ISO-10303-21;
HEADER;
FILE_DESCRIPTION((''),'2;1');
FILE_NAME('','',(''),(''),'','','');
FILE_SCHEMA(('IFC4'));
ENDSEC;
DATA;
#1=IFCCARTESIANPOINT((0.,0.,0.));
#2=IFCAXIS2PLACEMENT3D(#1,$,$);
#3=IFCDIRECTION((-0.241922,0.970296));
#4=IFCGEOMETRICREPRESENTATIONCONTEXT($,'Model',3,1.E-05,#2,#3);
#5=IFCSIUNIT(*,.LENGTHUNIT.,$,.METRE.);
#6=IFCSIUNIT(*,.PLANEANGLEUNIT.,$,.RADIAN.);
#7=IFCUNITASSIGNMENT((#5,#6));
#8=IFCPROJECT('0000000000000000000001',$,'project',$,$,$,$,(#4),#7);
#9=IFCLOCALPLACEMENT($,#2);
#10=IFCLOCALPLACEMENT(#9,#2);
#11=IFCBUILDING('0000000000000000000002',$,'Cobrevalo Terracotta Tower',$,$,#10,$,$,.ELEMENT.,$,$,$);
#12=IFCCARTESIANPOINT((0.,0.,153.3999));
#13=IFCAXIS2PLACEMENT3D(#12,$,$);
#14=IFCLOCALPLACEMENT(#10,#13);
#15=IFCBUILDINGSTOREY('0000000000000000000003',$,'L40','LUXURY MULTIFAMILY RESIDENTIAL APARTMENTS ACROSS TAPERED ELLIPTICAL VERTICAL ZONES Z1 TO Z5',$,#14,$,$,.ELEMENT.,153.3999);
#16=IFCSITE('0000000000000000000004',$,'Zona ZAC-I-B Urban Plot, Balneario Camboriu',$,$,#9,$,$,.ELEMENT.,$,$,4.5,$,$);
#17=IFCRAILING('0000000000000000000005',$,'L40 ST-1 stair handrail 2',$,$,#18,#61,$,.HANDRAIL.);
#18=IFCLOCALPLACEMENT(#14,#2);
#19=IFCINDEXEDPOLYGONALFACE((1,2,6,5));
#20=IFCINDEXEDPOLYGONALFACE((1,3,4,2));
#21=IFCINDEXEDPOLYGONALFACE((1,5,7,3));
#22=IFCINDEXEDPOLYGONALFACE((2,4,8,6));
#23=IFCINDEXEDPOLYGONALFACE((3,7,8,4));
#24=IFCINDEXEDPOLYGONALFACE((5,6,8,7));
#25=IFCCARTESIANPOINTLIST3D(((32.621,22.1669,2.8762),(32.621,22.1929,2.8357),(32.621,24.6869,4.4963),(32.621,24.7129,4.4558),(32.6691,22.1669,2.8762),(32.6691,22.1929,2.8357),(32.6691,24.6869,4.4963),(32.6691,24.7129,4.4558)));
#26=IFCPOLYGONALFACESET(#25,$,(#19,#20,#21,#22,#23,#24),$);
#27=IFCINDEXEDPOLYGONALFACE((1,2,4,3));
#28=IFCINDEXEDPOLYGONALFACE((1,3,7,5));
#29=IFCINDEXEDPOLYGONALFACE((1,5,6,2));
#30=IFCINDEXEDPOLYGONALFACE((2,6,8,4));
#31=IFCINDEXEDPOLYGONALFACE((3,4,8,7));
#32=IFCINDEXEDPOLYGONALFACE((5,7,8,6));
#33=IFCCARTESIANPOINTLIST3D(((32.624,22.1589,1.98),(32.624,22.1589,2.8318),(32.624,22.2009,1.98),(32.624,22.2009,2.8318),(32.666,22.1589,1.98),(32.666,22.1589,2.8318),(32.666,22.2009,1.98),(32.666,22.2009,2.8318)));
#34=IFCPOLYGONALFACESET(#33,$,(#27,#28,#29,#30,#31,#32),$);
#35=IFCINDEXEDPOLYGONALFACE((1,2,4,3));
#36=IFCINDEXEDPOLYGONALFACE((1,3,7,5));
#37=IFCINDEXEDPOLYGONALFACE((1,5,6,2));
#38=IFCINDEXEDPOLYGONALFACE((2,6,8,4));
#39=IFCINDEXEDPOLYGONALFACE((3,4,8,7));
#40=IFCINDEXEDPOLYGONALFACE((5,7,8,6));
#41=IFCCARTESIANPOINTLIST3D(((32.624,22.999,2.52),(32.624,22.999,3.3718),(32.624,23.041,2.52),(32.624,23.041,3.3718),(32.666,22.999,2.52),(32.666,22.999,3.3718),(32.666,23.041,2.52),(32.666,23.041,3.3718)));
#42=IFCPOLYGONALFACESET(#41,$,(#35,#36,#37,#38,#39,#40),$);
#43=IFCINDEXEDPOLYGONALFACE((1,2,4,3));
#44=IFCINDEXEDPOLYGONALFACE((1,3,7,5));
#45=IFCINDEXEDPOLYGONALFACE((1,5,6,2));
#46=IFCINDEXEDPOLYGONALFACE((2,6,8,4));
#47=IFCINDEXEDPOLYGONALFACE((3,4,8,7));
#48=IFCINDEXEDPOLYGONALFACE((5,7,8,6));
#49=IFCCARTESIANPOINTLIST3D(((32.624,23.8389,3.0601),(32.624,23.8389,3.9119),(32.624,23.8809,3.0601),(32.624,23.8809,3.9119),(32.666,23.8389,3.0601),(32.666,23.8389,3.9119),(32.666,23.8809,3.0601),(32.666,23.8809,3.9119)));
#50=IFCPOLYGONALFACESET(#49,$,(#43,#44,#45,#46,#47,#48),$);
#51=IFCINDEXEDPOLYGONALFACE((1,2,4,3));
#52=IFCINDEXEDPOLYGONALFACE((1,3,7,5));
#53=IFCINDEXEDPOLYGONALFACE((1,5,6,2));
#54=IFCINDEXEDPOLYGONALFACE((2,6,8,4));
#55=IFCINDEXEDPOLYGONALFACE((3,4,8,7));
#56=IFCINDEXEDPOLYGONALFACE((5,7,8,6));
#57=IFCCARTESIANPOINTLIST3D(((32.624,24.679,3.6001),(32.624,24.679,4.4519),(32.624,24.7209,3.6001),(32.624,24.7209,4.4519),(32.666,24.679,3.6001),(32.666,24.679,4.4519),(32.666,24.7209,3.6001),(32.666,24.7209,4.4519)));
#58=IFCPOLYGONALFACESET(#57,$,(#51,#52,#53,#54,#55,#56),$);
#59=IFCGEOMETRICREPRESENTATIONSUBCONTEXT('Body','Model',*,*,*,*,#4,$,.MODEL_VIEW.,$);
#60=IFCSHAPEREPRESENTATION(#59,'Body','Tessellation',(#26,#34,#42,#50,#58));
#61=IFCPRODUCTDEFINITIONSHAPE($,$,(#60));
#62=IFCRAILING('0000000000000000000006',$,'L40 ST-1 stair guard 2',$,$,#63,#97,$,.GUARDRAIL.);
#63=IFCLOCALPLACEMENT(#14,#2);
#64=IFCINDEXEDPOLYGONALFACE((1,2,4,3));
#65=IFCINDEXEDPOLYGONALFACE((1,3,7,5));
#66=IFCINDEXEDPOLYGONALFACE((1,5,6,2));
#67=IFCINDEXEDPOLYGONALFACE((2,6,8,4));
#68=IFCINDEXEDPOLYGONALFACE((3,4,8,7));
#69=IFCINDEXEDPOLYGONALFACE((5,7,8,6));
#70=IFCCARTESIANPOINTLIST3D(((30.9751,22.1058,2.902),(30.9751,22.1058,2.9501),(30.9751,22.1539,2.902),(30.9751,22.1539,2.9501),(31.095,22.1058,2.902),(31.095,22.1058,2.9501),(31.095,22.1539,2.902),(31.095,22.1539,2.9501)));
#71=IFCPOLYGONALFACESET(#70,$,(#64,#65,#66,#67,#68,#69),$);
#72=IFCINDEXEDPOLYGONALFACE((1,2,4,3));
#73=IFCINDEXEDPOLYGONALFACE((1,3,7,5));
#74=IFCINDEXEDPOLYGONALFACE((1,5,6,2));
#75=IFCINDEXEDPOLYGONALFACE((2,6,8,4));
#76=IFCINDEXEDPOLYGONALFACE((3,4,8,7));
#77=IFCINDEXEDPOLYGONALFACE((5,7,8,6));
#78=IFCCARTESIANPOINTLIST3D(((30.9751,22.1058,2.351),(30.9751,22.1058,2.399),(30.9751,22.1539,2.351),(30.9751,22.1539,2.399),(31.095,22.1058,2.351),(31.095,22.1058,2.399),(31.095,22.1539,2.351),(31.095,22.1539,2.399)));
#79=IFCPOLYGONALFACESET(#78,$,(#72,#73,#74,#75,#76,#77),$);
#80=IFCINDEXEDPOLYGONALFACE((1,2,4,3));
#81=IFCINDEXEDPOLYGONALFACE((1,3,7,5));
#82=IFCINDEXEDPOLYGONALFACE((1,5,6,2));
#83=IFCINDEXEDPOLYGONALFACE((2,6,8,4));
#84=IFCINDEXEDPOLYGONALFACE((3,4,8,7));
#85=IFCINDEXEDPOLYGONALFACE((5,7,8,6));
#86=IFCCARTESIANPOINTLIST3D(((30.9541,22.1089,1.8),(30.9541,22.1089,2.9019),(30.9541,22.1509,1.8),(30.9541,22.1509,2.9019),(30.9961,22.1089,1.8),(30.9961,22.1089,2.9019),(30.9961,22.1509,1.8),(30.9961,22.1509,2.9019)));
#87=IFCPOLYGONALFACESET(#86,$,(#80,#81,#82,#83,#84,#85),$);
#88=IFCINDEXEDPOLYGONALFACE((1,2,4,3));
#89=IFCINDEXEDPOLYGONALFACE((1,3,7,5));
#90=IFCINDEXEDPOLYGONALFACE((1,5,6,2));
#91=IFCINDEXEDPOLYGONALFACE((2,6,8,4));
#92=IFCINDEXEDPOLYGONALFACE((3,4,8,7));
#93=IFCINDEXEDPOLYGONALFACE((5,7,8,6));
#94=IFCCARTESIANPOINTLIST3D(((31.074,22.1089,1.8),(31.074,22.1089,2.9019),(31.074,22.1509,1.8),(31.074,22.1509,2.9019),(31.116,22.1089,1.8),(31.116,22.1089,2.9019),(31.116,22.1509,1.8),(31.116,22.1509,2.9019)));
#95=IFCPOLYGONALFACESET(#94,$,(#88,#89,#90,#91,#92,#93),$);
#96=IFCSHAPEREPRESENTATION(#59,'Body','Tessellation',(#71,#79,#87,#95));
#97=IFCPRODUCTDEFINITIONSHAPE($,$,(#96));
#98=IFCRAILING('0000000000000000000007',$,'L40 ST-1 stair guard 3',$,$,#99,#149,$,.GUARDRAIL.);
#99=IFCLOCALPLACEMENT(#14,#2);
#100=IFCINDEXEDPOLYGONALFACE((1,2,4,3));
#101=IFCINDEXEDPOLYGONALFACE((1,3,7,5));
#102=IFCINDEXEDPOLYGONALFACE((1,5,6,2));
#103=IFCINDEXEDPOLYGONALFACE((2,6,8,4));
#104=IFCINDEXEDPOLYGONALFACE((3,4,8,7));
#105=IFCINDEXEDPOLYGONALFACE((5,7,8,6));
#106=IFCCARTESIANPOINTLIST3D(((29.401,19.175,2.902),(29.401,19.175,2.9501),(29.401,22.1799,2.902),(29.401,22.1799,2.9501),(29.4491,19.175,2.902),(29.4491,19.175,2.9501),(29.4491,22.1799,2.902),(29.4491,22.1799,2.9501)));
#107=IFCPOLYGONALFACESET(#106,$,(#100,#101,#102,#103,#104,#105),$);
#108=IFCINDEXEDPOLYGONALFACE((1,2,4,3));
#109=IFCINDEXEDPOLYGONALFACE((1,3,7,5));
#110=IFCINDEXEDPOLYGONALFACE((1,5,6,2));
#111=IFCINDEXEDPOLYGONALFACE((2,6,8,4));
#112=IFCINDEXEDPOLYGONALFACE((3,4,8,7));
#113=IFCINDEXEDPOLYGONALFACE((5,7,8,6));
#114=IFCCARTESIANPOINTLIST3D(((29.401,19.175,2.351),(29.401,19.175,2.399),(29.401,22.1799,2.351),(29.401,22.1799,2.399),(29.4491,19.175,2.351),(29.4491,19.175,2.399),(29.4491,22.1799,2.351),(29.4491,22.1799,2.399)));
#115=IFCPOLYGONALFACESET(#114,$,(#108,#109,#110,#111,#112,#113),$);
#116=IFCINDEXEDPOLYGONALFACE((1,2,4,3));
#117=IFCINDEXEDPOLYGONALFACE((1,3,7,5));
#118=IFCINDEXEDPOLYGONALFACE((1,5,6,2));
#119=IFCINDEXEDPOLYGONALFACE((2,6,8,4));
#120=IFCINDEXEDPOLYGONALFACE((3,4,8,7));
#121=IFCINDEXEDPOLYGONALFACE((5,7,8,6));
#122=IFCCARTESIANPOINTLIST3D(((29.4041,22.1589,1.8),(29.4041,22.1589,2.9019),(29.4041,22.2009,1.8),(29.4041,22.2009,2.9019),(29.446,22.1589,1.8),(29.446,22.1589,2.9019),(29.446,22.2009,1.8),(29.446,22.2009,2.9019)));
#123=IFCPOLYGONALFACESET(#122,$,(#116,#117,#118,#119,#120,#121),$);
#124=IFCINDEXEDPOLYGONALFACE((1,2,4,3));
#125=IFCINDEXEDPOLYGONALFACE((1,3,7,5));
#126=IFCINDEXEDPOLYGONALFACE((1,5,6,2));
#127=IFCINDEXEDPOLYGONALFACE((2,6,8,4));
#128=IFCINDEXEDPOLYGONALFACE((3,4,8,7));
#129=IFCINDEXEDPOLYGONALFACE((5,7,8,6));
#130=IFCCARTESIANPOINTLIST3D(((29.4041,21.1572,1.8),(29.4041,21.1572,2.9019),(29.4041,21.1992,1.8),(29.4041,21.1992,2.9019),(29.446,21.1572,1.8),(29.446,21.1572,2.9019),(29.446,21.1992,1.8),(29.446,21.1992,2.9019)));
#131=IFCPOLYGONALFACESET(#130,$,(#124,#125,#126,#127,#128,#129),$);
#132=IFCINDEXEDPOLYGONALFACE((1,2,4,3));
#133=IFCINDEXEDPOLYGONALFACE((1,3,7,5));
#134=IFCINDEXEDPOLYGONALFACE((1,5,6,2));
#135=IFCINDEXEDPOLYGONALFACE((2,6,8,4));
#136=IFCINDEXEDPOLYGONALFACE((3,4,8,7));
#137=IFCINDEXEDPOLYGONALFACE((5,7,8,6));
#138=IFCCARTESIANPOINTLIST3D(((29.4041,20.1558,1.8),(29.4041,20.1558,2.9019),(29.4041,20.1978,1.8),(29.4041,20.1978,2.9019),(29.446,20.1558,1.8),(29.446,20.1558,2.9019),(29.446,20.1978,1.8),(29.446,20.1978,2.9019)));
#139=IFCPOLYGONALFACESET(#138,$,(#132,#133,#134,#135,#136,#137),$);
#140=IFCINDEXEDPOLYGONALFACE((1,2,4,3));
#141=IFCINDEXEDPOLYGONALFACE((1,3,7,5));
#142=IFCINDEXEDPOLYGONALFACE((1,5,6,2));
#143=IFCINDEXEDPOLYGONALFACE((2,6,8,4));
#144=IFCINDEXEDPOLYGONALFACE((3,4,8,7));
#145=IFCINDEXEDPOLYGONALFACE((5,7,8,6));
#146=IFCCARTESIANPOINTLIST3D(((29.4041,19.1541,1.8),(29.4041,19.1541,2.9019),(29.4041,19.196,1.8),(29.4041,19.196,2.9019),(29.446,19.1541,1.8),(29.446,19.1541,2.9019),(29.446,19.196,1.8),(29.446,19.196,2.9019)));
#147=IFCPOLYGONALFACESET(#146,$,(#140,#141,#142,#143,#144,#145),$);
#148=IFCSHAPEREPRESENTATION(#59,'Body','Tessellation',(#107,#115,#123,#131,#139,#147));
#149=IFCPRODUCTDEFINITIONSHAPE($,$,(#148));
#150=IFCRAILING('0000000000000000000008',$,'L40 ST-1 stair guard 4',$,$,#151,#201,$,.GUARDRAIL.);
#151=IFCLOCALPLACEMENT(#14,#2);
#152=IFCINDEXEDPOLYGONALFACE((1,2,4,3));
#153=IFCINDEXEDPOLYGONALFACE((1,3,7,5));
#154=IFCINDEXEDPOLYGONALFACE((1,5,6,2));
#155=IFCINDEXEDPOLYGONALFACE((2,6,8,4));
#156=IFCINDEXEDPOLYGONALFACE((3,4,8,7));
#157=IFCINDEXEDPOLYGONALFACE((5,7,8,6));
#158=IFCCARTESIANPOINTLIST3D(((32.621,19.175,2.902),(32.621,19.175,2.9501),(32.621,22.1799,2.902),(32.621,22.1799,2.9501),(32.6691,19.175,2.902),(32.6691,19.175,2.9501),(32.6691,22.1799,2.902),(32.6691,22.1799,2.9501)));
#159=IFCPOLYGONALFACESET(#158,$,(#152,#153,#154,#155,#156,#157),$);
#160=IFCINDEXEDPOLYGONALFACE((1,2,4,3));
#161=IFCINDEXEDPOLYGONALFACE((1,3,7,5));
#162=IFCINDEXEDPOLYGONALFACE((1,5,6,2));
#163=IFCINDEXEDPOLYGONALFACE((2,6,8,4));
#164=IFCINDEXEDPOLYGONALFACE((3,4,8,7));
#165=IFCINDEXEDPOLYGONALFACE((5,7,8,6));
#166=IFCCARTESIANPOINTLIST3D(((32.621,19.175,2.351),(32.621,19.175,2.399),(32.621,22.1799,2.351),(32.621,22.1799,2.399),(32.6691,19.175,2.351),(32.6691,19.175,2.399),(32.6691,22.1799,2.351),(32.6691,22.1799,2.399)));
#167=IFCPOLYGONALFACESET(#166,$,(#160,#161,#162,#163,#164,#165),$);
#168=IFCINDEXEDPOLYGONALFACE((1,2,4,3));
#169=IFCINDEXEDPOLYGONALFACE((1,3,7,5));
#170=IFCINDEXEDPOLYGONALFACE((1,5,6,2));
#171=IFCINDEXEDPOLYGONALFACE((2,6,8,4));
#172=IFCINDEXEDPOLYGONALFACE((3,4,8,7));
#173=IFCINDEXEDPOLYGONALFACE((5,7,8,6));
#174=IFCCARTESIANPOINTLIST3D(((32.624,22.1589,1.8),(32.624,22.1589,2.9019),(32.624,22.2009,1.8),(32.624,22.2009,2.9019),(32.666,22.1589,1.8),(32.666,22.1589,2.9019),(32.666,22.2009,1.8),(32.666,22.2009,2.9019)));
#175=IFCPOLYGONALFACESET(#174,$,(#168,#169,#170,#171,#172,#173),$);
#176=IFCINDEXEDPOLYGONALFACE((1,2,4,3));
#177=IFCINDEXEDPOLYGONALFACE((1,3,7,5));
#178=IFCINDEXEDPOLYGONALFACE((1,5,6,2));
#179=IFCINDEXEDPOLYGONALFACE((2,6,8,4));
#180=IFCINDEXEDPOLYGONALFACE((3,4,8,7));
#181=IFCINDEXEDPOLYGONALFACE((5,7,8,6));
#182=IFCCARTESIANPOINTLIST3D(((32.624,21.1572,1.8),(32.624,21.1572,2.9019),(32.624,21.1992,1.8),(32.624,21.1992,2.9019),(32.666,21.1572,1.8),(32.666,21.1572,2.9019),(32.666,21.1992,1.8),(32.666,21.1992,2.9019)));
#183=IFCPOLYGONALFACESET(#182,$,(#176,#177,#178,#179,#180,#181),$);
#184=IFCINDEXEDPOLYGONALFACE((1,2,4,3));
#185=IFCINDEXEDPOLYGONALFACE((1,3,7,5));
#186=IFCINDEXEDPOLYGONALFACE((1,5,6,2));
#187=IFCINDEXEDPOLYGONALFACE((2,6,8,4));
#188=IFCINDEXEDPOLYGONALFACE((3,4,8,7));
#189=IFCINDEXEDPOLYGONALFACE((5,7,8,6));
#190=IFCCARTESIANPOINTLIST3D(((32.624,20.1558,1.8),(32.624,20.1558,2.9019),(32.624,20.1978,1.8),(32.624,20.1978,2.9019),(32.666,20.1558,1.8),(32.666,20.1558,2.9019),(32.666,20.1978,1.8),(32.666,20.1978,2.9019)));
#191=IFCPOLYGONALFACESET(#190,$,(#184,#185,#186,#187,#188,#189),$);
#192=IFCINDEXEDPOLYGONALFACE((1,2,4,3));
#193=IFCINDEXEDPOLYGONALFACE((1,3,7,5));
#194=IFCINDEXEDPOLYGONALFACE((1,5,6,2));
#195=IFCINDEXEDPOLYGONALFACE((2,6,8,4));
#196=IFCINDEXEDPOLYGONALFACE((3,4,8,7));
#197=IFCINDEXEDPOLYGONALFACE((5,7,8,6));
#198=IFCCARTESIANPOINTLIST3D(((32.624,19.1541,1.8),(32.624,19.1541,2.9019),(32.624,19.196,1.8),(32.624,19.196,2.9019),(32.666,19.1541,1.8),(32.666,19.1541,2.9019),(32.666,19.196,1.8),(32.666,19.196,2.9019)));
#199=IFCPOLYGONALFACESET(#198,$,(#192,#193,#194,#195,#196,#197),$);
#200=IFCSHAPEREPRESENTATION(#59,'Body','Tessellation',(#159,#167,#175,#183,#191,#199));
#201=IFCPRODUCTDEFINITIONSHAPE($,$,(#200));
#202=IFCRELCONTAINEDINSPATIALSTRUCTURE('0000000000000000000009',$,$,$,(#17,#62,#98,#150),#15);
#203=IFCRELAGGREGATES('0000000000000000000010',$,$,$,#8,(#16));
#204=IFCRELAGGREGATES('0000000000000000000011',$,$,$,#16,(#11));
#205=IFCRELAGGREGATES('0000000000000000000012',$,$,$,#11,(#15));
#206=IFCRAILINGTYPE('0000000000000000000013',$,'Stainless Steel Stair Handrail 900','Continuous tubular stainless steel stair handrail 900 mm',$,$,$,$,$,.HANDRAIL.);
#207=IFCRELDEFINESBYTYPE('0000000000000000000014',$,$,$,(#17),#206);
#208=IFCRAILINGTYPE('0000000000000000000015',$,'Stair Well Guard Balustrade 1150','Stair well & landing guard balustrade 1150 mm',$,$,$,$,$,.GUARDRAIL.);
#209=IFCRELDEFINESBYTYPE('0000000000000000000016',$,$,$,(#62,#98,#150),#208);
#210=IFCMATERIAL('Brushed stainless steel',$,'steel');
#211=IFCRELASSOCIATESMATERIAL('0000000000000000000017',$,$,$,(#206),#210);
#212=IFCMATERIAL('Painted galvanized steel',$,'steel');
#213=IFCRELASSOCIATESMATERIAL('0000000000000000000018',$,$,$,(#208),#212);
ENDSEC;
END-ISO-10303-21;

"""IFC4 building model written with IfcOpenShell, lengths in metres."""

from ifc_helpers import new_model, si_unit, direction, frame, origin, origin_2d, place, context, subcontext, project, spatial, rectangle, extrude, material, type_object, element, save


model = new_model("IFC4")

# Units and contexts
model_context = context("Model", 3, precision=1e-05, world=origin(), true_north=direction((-0.241922, 0.970296)))
body_context = subcontext(model_context, "Body", "Model", "MODEL_VIEW")
ifc_project = project(units=[si_unit("LENGTHUNIT", "METRE"), si_unit("PLANEANGLEUNIT", "RADIAN")], contexts=[model_context])

# Site, building, storey
site_placement = place(None, origin())
site = spatial("IfcSite", under=ifc_project, at=site_placement, Name="Zona ZAC-I-B Urban Plot, Balneario Camboriu", CompositionType="ELEMENT", RefElevation=4.5)
building_placement = place(site_placement, origin())
building = spatial("IfcBuilding", under=site, at=building_placement, Name="Cobrevalo Terracotta Tower", CompositionType="ELEMENT")
storey_placement = place(building_placement, frame((0.0, 0.0, 153.3999)))
storey = spatial("IfcBuildingStorey", under=building, at=storey_placement, Name="L40", Description="LUXURY MULTIFAMILY RESIDENTIAL APARTMENTS ACROSS TAPERED ELLIPTICAL VERTICAL ZONES Z1 TO Z5", CompositionType="ELEMENT", Elevation=153.3999)

# Railings
ifc_material_1 = material(Name="Brushed stainless steel", Category="steel")
railing_type_1 = type_object("IfcRailingType", Name="Stainless Steel Stair Handrail 900", Description="Continuous tubular stainless steel stair handrail 900 mm", PredefinedType="HANDRAIL", material=ifc_material_1)
railing_1_placement = place(storey_placement, frame((32.645, 22.1799, 1.98)))
element("IfcRailing", 1, at=railing_1_placement, inside=storey, type_object=railing_type_1, Name="L40 ST-1 stair handrail 2", PredefinedType="HANDRAIL", context=body_context, shape_type="SweptSolid", body=[
    extrude(rectangle(XDim=0.0481, YDim=0.0481, at=origin_2d()), frame((0.0, 0.0, 0.876), z_axis=(0.0, 0.841163, 0.540782), x_axis=(-1.0, 0.0, 0.0)), (0.0, 0.0, 1.0), 2.9958),
    extrude(rectangle(XDim=0.042, YDim=0.042, at=origin_2d()), origin(), (0.0, 0.0, 1.0), 0.8518),
    extrude(rectangle(XDim=0.042, YDim=0.042, at=origin_2d()), frame((0.0, 0.8401, 0.54)), (0.0, 0.0, 1.0), 0.8518),
    extrude(rectangle(XDim=0.042, YDim=0.042, at=origin_2d()), frame((0.0, 1.6799, 1.0801)), (0.0, 0.0, 1.0), 0.8518),
    extrude(rectangle(XDim=0.042, YDim=0.042, at=origin_2d()), frame((0.0, 2.52, 1.6201)), (0.0, 0.0, 1.0), 0.8518),
])
ifc_material_2 = material(Name="Painted galvanized steel", Category="steel")
railing_type_2 = type_object("IfcRailingType", Name="Stair Well Guard Balustrade 1150", Description="Stair well & landing guard balustrade 1150 mm", PredefinedType="GUARDRAIL", material=ifc_material_2)
railing_2_placement = place(storey_placement, frame((30.9751, 22.1299, 1.8)))
element("IfcRailing", 2, at=railing_2_placement, inside=storey, type_object=railing_type_2, Name="L40 ST-1 stair guard 2", PredefinedType="GUARDRAIL", context=body_context, shape_type="SweptSolid", body=[
    extrude(rectangle(XDim=0.0481, YDim=0.0481, at=origin_2d()), frame((0.0, 0.0, 1.126), z_axis=(1.0, 0.0, 0.0), x_axis=(0.0, 1.0, 0.0)), (0.0, 0.0, 1.0), 0.1199),
    extrude(rectangle(XDim=0.0481, YDim=0.0481, at=origin_2d()), frame((0.0, 0.0, 0.575), z_axis=(1.0, 0.0, 0.0), x_axis=(0.0, 1.0, 0.0)), (0.0, 0.0, 1.0), 0.1199),
    extrude(rectangle(XDim=0.042, YDim=0.042, at=origin_2d()), origin(), (0.0, 0.0, 1.0), 1.1018),
    extrude(rectangle(XDim=0.042, YDim=0.042, at=origin_2d()), frame((0.1199, 0.0, 0.0)), (0.0, 0.0, 1.0), 1.1018),
])
for number, where, name in (
    (3, (29.425, 22.1799, 1.8), "L40 ST-1 stair guard 3"),
    (4, (32.645, 22.1799, 1.8), "L40 ST-1 stair guard 4"),
):
    element("IfcRailing", number, at=place(storey_placement, frame(where)), inside=storey, type_object=railing_type_2, Name=name, PredefinedType="GUARDRAIL", context=body_context, shape_type="SweptSolid", body=[
        extrude(rectangle(XDim=0.0481, YDim=0.0481, at=origin_2d()), frame((0.0, 0.0, 1.126), z_axis=(0.0, -1.0, 0.0), x_axis=(1.0, 0.0, 0.0)), (0.0, 0.0, 1.0), 3.0049),
        extrude(rectangle(XDim=0.0481, YDim=0.0481, at=origin_2d()), frame((0.0, 0.0, 0.575), z_axis=(0.0, -1.0, 0.0), x_axis=(1.0, 0.0, 0.0)), (0.0, 0.0, 1.0), 3.0049),
        extrude(rectangle(XDim=0.042, YDim=0.042, at=origin_2d()), origin(), (0.0, 0.0, 1.0), 1.1018),
        extrude(rectangle(XDim=0.042, YDim=0.042, at=origin_2d()), frame((0.0, -1.0017, 0.0)), (0.0, 0.0, 1.0), 1.1018),
        extrude(rectangle(XDim=0.042, YDim=0.042, at=origin_2d()), frame((0.0, -2.0032, 0.0)), (0.0, 0.0, 1.0), 1.1018),
        extrude(rectangle(XDim=0.042, YDim=0.042, at=origin_2d()), frame((0.0, -3.0049, 0.0)), (0.0, 0.0, 1.0), 1.1018),
    ])

save(model, "model.ifc")
